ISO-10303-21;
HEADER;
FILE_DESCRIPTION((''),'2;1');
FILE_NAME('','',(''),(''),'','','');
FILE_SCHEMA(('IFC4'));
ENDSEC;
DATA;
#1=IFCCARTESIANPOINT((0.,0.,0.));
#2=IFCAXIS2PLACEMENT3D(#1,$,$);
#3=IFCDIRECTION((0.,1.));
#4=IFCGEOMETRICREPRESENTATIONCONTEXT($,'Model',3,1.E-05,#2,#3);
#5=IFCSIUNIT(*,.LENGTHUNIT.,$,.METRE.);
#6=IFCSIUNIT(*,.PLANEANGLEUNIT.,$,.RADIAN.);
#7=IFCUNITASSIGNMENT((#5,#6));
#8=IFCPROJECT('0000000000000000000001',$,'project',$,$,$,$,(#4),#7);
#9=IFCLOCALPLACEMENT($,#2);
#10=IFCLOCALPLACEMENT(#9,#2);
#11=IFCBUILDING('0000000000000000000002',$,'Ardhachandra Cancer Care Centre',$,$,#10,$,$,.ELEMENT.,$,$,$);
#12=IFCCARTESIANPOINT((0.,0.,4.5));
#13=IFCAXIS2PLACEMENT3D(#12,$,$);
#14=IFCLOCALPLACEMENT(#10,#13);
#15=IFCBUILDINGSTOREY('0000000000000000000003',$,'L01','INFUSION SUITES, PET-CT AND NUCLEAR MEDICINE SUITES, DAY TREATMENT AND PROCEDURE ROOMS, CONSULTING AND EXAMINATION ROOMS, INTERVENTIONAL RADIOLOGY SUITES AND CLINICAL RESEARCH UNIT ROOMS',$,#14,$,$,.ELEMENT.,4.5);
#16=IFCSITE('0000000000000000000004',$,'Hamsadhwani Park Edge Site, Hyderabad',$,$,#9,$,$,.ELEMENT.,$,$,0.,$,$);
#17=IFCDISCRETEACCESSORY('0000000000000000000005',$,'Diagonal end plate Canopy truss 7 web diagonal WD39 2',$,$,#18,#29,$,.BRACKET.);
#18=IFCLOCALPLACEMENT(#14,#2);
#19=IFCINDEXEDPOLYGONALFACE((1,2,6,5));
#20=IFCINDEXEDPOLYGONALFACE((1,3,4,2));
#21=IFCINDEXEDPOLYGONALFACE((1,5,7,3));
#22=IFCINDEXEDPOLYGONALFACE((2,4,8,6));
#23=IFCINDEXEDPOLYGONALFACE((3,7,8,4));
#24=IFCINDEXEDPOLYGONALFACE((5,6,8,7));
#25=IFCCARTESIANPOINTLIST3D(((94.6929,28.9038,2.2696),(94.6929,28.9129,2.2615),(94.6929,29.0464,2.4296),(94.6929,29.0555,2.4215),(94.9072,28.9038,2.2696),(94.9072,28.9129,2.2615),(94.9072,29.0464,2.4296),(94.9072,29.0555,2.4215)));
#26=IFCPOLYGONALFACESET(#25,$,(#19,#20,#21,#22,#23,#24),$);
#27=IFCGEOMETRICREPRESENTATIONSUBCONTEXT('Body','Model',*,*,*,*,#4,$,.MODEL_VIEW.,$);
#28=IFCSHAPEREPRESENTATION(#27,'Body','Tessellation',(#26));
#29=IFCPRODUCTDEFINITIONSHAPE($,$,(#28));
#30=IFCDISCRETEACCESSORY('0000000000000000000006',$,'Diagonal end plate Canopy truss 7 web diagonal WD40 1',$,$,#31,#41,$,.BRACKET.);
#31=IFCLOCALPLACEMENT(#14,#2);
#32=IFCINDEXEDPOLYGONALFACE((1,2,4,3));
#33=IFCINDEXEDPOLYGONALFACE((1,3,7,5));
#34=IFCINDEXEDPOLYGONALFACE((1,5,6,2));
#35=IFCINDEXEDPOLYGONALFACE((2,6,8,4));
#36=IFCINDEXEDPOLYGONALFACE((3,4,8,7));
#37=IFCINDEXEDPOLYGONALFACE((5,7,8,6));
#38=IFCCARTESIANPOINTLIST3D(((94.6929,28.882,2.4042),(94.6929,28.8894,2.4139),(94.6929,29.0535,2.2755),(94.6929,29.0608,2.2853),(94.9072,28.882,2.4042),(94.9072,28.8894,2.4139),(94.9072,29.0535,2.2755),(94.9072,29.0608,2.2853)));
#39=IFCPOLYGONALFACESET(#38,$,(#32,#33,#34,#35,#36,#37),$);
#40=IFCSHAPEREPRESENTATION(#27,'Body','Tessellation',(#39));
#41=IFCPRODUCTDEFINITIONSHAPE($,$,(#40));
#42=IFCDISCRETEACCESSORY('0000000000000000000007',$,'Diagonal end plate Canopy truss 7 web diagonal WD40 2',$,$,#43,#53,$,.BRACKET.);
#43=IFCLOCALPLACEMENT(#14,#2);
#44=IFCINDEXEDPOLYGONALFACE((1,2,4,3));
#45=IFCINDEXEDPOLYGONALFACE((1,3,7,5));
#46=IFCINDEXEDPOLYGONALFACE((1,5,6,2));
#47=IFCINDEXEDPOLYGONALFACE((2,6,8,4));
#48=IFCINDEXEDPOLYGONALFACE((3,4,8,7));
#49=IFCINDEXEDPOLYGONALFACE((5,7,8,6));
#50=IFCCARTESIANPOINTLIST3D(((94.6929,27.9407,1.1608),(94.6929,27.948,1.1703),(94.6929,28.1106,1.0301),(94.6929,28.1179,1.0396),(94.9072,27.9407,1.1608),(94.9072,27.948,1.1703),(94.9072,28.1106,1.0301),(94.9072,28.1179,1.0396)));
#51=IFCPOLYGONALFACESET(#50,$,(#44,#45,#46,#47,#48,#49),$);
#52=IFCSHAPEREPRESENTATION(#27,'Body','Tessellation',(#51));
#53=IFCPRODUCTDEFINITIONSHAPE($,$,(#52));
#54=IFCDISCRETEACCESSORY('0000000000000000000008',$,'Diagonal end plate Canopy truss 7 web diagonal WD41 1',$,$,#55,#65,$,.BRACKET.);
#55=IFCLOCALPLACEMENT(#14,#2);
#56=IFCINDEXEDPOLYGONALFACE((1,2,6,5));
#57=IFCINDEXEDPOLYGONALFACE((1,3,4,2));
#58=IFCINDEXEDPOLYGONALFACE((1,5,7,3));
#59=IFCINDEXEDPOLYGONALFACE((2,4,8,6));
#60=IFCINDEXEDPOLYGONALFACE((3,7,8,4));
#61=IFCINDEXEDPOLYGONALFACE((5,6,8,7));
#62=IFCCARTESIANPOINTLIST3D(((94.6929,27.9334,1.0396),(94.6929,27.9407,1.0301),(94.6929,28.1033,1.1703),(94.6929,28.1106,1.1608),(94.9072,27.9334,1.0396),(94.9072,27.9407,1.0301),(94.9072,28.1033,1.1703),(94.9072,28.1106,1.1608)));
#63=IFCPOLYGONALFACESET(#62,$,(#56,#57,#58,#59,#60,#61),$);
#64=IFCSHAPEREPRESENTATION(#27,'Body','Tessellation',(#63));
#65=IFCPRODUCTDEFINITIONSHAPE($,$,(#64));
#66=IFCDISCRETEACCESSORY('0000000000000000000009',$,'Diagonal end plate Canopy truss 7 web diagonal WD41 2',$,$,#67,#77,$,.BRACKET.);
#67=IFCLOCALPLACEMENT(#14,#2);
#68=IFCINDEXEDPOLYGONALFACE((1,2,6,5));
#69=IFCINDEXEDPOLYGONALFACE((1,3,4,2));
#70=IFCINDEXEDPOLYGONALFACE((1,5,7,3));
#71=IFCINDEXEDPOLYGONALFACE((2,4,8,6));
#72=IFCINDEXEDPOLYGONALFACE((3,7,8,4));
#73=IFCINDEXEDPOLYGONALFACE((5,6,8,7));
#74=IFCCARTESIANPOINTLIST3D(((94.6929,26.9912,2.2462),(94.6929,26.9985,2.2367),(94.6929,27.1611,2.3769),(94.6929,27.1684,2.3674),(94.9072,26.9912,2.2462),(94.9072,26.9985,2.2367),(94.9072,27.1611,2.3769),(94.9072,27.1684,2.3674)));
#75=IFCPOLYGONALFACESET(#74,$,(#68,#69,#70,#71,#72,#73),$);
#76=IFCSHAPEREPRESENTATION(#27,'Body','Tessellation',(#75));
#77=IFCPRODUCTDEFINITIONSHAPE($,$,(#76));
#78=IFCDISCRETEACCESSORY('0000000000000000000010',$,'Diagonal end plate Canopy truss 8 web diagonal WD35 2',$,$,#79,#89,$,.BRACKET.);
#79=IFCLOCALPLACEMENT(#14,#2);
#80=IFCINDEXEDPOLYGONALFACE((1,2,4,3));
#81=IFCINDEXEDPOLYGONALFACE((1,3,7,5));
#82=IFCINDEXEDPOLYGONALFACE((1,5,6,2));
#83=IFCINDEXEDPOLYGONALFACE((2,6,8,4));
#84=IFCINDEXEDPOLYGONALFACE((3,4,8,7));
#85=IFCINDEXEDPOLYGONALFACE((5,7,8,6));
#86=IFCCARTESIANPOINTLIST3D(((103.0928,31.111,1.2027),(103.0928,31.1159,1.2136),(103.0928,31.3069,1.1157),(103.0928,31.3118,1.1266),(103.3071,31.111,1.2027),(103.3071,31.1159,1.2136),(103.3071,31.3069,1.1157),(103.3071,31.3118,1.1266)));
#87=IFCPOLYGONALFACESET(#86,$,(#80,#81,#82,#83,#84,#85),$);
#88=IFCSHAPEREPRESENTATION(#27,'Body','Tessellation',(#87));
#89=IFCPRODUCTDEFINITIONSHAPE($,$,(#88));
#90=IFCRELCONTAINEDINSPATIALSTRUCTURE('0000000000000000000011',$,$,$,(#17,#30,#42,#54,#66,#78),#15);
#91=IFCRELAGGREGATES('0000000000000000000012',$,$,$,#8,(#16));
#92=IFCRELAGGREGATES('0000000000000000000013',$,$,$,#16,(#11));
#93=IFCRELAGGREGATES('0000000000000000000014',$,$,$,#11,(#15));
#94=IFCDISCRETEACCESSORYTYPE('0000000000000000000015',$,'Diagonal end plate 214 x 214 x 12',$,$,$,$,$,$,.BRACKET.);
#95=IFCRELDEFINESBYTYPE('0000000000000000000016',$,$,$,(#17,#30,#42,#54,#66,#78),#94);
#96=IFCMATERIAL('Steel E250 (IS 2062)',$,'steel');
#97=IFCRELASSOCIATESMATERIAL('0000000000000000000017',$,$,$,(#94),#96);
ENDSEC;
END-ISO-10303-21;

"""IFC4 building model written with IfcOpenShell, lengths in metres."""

from ifc_helpers import new_model, si_unit, direction, frame, origin, origin_2d, place, context, subcontext, project, spatial, rectangle, extrude, material, material_profile, profile_set, type_object, element, save


model = new_model("IFC4")

# Units and contexts
model_context = context("Model", 3, precision=1e-05, world=origin(), true_north=direction((0.0, 1.0)))
body_context = subcontext(model_context, "Body", "Model", "MODEL_VIEW")
ifc_project = project(units=[si_unit("LENGTHUNIT", "METRE"), si_unit("PLANEANGLEUNIT", "RADIAN")], contexts=[model_context])

# Site, building, storey
site_placement = place(None, origin())
site = spatial("IfcSite", under=ifc_project, at=site_placement, Name="Hamsadhwani Park Edge Site, Hyderabad", CompositionType="ELEMENT", RefElevation=0.0)
building_placement = place(site_placement, origin())
building = spatial("IfcBuilding", under=site, at=building_placement, Name="Ardhachandra Cancer Care Centre", CompositionType="ELEMENT")
storey_placement = place(building_placement, frame((0.0, 0.0, 4.5)))
storey = spatial("IfcBuildingStorey", under=building, at=storey_placement, Name="L01", Description="INFUSION SUITES, PET-CT AND NUCLEAR MEDICINE SUITES, DAY TREATMENT AND PROCEDURE ROOMS, CONSULTING AND EXAMINATION ROOMS, INTERVENTIONAL RADIOLOGY SUITES AND CLINICAL RESEARCH UNIT ROOMS", CompositionType="ELEMENT", Elevation=4.5)

# Discrete accessories
ifc_material_1 = material(Name="Steel E250 (IS 2062)", Category="steel")
ifc_material_profile_1 = material_profile(ifc_material_1, rectangle(XDim=0.2144, YDim=0.2144, at=origin_2d()), Name="PL 214x214x12")
ifc_profile_set_1 = profile_set([ifc_material_profile_1], Name="Steel E250 (IS 2062)")
discrete_accessory_type = type_object("IfcDiscreteAccessoryType", Name="Diagonal end plate 214 x 214 x 12", PredefinedType="BRACKET", material=ifc_profile_set_1)
for number, where, z_axis, x_axis, name in (
    (1, (94.8, 28.9751, 2.3496), (0.0, 0.746295, -0.665615), (-1.0, 0.0, 0.0), "Diagonal end plate Canopy truss 7 web diagonal WD39 2"),
    (2, (94.8, 28.9751, 2.3496), (0.0, -0.6, -0.8), (1.0, 0.0, 0.0), "Diagonal end plate Canopy truss 7 web diagonal WD40 1"),
):
    element("IfcDiscreteAccessory", number, at=place(storey_placement, frame(where, z_axis=z_axis, x_axis=x_axis)), inside=storey, type_object=discrete_accessory_type, Name=name, PredefinedType="BRACKET", context=body_context, shape_type="SweptSolid", body=[
        extrude(rectangle(XDim=0.2144, YDim=0.2144, at=origin_2d()), origin(), (0.0, 0.0, 1.0), 0.0122),
    ])
for number, where, z_axis, x_axis, name in (
    (3, (94.8, 28.0256, 1.0955), (0.0, 0.609711, 0.792624), (-1.0, 0.0, 0.0), "Diagonal end plate Canopy truss 7 web diagonal WD40 2"),
    (4, (94.8, 28.0256, 1.0955), (0.0, -0.609711, 0.792624), (1.0, 0.0, 0.0), "Diagonal end plate Canopy truss 7 web diagonal WD41 1"),
    (5, (94.8, 27.0762, 2.3115), (0.0, 0.609711, -0.792624), (-1.0, 0.0, 0.0), "Diagonal end plate Canopy truss 7 web diagonal WD41 2"),
    (6, (103.2, 31.209, 1.1592), (0.0, 0.406138, 0.913812), (-1.0, 0.0, 0.0), "Diagonal end plate Canopy truss 8 web diagonal WD35 2"),
):
    element("IfcDiscreteAccessory", number, at=place(storey_placement, frame(where, z_axis=z_axis, x_axis=x_axis)), inside=storey, type_object=discrete_accessory_type, Name=name, PredefinedType="BRACKET", context=body_context, shape_type="SweptSolid", body=[
        extrude(rectangle(XDim=0.2144, YDim=0.2144, at=origin_2d()), origin(), (0.0, 0.0, 1.0), 0.012),
    ])

save(model, "model.ifc")
